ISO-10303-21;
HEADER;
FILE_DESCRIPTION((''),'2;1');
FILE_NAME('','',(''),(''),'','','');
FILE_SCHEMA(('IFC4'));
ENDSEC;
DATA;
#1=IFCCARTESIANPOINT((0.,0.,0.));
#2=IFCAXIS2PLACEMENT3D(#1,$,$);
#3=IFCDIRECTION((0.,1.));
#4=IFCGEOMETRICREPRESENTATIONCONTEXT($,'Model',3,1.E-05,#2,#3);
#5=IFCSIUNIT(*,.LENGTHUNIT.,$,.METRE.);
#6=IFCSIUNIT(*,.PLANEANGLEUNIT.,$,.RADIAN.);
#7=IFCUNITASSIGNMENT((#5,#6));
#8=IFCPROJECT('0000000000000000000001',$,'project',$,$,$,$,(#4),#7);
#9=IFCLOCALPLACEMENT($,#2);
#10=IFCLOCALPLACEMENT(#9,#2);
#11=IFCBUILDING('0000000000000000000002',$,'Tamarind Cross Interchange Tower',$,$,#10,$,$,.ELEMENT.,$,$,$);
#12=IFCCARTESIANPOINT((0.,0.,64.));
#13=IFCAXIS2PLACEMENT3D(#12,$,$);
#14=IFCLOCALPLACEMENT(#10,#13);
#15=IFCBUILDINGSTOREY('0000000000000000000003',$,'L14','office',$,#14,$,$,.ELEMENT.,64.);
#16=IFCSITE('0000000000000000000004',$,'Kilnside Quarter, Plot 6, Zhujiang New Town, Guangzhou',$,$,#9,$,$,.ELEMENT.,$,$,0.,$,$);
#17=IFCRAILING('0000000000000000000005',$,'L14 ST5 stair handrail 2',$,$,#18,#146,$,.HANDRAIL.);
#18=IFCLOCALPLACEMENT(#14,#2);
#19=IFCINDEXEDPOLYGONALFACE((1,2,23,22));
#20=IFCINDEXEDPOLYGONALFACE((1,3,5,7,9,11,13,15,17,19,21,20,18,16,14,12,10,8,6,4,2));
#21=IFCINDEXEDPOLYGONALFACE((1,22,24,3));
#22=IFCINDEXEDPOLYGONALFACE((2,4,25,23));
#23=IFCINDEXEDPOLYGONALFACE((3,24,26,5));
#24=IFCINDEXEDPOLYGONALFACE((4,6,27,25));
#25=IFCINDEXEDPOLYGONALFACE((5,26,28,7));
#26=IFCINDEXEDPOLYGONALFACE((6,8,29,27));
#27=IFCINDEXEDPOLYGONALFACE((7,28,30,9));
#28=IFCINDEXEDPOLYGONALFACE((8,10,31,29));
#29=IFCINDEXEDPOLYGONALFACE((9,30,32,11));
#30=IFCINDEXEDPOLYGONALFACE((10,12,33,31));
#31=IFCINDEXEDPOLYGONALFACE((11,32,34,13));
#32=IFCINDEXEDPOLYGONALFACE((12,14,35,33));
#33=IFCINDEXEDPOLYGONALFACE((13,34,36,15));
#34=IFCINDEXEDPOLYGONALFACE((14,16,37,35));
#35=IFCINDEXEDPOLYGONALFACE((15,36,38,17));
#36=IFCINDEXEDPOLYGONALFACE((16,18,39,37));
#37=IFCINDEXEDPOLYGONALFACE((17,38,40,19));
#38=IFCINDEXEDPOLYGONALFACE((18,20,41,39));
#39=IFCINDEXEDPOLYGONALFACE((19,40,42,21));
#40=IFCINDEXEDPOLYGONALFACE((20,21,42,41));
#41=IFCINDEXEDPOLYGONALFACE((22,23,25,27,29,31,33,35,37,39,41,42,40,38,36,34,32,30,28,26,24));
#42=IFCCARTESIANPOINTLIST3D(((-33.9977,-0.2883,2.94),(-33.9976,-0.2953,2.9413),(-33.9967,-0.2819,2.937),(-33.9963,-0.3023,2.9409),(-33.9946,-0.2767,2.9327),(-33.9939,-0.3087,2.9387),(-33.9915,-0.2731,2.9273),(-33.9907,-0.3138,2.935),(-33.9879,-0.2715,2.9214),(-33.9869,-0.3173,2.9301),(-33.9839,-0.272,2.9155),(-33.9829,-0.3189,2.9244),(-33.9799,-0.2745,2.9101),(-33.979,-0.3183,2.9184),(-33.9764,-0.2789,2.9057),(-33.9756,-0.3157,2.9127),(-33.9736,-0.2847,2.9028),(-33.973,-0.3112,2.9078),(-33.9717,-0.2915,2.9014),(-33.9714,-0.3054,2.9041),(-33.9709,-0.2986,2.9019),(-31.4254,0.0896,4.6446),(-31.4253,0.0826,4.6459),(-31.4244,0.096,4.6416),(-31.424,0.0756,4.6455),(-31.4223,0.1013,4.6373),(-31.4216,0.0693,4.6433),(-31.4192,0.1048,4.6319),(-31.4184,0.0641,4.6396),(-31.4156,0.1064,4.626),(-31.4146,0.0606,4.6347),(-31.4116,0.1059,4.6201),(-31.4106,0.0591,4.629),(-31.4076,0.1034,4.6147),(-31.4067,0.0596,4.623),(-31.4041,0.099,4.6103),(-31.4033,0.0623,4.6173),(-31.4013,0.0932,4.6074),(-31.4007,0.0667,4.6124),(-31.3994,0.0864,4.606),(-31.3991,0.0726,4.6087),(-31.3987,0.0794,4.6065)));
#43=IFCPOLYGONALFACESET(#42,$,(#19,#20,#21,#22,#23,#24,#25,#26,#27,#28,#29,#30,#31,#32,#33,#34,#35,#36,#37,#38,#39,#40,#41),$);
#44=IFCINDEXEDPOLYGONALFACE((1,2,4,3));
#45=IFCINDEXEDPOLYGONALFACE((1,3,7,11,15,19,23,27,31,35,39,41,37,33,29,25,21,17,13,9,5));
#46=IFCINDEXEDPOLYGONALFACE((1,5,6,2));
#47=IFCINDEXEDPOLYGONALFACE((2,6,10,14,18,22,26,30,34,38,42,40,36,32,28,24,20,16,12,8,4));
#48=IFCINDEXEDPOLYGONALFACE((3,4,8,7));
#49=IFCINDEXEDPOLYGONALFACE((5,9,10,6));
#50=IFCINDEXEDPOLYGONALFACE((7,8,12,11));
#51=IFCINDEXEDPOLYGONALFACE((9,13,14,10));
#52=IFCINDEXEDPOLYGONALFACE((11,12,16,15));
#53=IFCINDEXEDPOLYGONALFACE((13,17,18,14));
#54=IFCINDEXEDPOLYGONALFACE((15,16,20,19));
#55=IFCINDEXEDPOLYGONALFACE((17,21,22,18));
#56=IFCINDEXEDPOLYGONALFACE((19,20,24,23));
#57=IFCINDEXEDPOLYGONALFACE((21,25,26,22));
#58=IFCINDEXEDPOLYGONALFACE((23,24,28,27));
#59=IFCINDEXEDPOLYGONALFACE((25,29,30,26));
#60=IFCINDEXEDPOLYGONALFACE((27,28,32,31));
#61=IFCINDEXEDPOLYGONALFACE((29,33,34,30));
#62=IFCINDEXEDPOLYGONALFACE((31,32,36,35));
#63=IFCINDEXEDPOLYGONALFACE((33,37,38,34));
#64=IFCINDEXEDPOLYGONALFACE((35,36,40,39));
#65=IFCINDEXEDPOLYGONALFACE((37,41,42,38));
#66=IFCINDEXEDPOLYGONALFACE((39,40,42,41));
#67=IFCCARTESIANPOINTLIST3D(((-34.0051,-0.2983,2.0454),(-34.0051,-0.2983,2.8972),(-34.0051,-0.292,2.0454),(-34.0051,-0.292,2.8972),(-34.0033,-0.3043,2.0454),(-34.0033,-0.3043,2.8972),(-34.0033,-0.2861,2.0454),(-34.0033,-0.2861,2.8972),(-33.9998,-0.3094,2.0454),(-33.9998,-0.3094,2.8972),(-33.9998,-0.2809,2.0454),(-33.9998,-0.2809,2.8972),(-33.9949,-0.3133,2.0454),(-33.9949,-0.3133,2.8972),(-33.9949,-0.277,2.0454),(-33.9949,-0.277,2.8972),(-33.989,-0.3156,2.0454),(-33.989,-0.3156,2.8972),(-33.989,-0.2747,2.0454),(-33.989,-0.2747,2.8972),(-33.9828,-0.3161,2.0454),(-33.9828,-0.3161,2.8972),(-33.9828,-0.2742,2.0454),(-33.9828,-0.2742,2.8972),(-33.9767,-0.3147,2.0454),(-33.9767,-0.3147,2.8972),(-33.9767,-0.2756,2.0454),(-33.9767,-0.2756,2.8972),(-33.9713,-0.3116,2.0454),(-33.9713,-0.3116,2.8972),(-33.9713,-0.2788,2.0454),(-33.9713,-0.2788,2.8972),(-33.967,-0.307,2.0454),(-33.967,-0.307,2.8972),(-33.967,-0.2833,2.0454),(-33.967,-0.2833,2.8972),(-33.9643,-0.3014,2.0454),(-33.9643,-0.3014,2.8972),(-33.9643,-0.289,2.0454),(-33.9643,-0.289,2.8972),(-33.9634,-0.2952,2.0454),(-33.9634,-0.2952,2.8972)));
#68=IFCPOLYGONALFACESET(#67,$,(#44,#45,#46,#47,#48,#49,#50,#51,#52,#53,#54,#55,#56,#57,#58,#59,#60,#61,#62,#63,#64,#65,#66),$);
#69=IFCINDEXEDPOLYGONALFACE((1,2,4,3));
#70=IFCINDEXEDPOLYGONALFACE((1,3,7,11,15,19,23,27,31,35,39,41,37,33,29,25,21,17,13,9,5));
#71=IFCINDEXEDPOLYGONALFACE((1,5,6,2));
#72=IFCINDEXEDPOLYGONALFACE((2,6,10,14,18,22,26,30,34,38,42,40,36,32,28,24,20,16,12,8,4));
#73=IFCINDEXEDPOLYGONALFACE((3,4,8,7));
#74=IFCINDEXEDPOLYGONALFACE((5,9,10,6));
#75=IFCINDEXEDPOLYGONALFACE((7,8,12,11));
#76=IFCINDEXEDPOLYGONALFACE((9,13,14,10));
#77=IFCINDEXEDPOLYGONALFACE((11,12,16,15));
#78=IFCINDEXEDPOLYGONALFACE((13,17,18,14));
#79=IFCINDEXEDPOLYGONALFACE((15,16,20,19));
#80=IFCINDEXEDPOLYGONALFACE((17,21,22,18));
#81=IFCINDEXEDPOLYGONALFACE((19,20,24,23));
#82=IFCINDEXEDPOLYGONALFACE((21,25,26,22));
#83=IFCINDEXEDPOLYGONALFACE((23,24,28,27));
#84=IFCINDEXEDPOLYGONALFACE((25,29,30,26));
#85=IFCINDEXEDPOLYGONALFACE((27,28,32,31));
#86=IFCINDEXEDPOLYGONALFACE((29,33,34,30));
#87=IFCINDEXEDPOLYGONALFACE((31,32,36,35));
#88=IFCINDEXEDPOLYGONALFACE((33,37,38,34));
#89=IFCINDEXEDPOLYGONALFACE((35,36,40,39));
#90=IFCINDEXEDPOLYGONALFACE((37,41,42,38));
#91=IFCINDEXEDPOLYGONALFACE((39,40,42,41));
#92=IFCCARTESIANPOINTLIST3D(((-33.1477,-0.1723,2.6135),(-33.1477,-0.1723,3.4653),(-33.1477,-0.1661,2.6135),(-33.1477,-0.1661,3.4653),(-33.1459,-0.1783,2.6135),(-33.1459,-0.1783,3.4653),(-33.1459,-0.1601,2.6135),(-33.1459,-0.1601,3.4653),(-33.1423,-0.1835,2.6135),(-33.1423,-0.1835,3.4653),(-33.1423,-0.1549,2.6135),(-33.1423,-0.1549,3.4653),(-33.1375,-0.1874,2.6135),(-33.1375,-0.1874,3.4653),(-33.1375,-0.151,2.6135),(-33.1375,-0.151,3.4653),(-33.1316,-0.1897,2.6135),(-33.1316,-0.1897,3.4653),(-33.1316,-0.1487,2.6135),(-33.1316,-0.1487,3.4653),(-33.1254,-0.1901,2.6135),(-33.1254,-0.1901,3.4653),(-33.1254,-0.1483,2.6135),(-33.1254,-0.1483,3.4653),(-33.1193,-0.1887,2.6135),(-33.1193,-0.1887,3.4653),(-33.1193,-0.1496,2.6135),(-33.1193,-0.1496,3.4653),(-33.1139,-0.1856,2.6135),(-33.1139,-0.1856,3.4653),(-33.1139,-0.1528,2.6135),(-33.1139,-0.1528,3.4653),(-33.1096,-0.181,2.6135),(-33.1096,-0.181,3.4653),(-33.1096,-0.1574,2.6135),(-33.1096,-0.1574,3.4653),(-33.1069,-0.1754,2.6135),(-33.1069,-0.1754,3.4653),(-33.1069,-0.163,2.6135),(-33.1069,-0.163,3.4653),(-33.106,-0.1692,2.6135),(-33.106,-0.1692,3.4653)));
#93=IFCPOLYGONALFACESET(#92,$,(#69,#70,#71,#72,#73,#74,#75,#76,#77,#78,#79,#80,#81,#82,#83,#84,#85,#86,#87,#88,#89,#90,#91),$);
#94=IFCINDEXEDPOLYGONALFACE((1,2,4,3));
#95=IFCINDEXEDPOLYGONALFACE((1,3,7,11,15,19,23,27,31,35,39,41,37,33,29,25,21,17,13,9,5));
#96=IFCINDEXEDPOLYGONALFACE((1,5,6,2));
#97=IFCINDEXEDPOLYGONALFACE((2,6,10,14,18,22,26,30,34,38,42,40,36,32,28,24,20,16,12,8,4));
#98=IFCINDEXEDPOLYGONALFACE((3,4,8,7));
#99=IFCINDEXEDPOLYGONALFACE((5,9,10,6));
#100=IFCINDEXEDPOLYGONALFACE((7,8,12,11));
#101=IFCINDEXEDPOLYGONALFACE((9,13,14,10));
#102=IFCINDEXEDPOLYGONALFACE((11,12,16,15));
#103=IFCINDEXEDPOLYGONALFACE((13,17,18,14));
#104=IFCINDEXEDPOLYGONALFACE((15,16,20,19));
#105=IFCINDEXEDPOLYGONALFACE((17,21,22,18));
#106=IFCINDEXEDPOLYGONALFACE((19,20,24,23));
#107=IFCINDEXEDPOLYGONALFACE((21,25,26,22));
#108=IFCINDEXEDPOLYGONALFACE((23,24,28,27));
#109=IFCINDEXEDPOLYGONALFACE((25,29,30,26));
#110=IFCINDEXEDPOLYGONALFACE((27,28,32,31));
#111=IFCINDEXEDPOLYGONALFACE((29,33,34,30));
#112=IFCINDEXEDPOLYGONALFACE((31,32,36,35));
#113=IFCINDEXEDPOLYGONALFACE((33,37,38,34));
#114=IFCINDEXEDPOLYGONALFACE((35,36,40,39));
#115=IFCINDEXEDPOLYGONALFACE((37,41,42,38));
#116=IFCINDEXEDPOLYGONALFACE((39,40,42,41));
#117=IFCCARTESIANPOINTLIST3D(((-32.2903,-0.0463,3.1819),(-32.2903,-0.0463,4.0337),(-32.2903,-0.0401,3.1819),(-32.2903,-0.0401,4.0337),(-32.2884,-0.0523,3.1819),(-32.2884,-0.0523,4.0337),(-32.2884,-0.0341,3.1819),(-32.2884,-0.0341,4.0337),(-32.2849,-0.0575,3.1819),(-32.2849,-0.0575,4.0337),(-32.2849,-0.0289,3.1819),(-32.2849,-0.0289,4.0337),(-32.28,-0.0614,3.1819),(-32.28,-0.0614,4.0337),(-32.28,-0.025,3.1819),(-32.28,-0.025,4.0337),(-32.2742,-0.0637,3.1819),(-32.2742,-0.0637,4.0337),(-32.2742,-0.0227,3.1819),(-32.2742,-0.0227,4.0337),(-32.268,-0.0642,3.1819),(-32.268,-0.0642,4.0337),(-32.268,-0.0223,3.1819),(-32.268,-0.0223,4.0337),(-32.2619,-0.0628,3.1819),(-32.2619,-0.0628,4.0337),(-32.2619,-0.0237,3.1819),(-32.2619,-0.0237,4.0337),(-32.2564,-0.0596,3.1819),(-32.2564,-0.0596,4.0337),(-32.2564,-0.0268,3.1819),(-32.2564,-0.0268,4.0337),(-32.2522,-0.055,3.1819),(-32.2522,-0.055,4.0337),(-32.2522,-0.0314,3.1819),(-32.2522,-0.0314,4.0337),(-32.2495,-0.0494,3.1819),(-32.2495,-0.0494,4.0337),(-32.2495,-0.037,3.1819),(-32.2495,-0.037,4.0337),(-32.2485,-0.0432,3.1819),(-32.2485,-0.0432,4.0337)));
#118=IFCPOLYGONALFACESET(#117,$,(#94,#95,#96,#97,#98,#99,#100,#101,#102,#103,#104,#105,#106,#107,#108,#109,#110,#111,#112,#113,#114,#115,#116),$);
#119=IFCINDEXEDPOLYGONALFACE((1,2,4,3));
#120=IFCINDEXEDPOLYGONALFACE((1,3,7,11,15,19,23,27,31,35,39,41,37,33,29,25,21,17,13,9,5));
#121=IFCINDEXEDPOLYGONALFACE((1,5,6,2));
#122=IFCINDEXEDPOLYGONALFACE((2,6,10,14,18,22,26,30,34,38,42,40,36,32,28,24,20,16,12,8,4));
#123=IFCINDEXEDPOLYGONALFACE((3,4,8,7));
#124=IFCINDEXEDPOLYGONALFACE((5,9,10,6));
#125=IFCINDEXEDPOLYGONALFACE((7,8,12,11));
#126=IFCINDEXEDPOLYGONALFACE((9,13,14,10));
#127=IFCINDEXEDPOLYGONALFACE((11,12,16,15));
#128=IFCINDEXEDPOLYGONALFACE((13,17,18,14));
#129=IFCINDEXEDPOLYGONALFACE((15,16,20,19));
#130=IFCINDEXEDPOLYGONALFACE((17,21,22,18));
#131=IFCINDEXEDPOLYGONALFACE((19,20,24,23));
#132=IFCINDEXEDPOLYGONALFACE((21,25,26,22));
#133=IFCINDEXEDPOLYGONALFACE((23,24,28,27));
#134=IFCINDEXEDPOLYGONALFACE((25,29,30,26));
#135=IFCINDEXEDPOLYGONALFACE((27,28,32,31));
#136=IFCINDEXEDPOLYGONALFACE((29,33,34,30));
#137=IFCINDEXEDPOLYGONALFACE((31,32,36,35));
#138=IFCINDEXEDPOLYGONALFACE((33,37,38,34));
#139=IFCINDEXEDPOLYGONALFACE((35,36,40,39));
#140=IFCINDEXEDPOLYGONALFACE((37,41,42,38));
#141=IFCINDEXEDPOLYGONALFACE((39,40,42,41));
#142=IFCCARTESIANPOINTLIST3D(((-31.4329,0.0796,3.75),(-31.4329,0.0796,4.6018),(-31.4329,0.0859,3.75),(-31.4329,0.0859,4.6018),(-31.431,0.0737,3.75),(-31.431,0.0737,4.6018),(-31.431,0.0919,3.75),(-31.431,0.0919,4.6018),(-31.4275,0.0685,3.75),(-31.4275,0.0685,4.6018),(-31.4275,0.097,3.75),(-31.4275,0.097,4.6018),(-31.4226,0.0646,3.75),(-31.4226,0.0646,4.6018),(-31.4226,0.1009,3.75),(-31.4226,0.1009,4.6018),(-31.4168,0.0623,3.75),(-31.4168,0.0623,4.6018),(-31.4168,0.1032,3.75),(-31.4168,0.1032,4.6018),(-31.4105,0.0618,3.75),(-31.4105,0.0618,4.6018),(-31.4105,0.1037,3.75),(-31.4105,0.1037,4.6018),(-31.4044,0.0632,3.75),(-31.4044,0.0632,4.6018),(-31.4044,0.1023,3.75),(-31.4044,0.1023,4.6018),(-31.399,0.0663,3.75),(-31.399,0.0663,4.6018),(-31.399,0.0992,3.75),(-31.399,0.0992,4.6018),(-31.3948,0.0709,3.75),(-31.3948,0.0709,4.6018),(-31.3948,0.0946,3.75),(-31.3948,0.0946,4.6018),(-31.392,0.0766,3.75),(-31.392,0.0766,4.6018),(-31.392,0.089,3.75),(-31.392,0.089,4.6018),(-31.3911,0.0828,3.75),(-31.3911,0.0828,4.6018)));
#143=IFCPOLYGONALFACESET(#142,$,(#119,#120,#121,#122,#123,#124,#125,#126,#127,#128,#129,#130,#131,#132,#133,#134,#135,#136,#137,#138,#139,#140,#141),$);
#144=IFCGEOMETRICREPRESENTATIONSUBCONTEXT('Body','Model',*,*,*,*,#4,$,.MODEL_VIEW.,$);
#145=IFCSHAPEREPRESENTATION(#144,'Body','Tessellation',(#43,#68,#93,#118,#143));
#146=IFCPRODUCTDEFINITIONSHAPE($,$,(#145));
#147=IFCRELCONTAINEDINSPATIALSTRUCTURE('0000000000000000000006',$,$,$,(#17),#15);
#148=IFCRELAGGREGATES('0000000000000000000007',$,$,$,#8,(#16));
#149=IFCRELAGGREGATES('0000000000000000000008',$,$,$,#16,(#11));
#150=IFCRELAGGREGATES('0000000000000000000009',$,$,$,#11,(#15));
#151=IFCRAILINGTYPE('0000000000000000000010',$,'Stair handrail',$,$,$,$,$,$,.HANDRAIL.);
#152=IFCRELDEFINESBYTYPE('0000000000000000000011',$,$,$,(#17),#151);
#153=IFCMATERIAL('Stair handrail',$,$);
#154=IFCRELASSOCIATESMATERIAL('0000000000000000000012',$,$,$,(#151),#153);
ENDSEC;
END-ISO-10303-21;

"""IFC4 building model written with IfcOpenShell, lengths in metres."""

from ifc_helpers import new_model, si_unit, direction, frame, origin, origin_2d, place, context, subcontext, project, spatial, circle, extrude, material, type_object, element, save


model = new_model("IFC4")

# Units and contexts
model_context = context("Model", 3, precision=1e-05, world=origin(), true_north=direction((0.0, 1.0)))
body_context = subcontext(model_context, "Body", "Model", "MODEL_VIEW")
ifc_project = project(units=[si_unit("LENGTHUNIT", "METRE"), si_unit("PLANEANGLEUNIT", "RADIAN")], contexts=[model_context])

# Site, building, storey
site_placement = place(None, origin())
site = spatial("IfcSite", under=ifc_project, at=site_placement, Name="Kilnside Quarter, Plot 6, Zhujiang New Town, Guangzhou", CompositionType="ELEMENT", RefElevation=0.0)
building_placement = place(site_placement, origin())
building = spatial("IfcBuilding", under=site, at=building_placement, Name="Tamarind Cross Interchange Tower", CompositionType="ELEMENT")
storey_placement = place(building_placement, frame((0.0, 0.0, 64.0)))
storey = spatial("IfcBuildingStorey", under=building, at=storey_placement, Name="L14", Description="office", CompositionType="ELEMENT", Elevation=64.0)

# Railing
ifc_material_1 = material(Name="Stair handrail")
railing_type = type_object("IfcRailingType", Name="Stair handrail", PredefinedType="HANDRAIL", material=ifc_material_1)
railing_placement = place(storey_placement, frame((-33.9844, -0.2952, 2.0454)))
element("IfcRailing", 1, at=railing_placement, inside=storey, type_object=railing_type, Name="L14 ST5 stair handrail 2", PredefinedType="HANDRAIL", context=body_context, shape_type="SweptSolid", body=[
    extrude(circle(Radius=0.0239, at=origin_2d()), frame((0.0, 0.0, 0.876), z_axis=(0.827398, 0.121565, 0.548301), x_axis=(-0.145364, 0.989378, 0.0)), (0.0, 0.0, 1.0), 3.1089),
    extrude(circle(Radius=0.021, at=origin_2d()), origin(), (0.0, 0.0, 1.0), 0.8518),
    extrude(circle(Radius=0.021, at=origin_2d()), frame((0.8574, 0.126, 0.5681)), (0.0, 0.0, 1.0), 0.8518),
    extrude(circle(Radius=0.021, at=origin_2d()), frame((1.7148, 0.252, 1.1365)), (0.0, 0.0, 1.0), 0.8518),
    extrude(circle(Radius=0.021, at=origin_2d()), frame((2.5723, 0.3779, 1.7046)), (0.0, 0.0, 1.0), 0.8518),
])

save(model, "model.ifc")
